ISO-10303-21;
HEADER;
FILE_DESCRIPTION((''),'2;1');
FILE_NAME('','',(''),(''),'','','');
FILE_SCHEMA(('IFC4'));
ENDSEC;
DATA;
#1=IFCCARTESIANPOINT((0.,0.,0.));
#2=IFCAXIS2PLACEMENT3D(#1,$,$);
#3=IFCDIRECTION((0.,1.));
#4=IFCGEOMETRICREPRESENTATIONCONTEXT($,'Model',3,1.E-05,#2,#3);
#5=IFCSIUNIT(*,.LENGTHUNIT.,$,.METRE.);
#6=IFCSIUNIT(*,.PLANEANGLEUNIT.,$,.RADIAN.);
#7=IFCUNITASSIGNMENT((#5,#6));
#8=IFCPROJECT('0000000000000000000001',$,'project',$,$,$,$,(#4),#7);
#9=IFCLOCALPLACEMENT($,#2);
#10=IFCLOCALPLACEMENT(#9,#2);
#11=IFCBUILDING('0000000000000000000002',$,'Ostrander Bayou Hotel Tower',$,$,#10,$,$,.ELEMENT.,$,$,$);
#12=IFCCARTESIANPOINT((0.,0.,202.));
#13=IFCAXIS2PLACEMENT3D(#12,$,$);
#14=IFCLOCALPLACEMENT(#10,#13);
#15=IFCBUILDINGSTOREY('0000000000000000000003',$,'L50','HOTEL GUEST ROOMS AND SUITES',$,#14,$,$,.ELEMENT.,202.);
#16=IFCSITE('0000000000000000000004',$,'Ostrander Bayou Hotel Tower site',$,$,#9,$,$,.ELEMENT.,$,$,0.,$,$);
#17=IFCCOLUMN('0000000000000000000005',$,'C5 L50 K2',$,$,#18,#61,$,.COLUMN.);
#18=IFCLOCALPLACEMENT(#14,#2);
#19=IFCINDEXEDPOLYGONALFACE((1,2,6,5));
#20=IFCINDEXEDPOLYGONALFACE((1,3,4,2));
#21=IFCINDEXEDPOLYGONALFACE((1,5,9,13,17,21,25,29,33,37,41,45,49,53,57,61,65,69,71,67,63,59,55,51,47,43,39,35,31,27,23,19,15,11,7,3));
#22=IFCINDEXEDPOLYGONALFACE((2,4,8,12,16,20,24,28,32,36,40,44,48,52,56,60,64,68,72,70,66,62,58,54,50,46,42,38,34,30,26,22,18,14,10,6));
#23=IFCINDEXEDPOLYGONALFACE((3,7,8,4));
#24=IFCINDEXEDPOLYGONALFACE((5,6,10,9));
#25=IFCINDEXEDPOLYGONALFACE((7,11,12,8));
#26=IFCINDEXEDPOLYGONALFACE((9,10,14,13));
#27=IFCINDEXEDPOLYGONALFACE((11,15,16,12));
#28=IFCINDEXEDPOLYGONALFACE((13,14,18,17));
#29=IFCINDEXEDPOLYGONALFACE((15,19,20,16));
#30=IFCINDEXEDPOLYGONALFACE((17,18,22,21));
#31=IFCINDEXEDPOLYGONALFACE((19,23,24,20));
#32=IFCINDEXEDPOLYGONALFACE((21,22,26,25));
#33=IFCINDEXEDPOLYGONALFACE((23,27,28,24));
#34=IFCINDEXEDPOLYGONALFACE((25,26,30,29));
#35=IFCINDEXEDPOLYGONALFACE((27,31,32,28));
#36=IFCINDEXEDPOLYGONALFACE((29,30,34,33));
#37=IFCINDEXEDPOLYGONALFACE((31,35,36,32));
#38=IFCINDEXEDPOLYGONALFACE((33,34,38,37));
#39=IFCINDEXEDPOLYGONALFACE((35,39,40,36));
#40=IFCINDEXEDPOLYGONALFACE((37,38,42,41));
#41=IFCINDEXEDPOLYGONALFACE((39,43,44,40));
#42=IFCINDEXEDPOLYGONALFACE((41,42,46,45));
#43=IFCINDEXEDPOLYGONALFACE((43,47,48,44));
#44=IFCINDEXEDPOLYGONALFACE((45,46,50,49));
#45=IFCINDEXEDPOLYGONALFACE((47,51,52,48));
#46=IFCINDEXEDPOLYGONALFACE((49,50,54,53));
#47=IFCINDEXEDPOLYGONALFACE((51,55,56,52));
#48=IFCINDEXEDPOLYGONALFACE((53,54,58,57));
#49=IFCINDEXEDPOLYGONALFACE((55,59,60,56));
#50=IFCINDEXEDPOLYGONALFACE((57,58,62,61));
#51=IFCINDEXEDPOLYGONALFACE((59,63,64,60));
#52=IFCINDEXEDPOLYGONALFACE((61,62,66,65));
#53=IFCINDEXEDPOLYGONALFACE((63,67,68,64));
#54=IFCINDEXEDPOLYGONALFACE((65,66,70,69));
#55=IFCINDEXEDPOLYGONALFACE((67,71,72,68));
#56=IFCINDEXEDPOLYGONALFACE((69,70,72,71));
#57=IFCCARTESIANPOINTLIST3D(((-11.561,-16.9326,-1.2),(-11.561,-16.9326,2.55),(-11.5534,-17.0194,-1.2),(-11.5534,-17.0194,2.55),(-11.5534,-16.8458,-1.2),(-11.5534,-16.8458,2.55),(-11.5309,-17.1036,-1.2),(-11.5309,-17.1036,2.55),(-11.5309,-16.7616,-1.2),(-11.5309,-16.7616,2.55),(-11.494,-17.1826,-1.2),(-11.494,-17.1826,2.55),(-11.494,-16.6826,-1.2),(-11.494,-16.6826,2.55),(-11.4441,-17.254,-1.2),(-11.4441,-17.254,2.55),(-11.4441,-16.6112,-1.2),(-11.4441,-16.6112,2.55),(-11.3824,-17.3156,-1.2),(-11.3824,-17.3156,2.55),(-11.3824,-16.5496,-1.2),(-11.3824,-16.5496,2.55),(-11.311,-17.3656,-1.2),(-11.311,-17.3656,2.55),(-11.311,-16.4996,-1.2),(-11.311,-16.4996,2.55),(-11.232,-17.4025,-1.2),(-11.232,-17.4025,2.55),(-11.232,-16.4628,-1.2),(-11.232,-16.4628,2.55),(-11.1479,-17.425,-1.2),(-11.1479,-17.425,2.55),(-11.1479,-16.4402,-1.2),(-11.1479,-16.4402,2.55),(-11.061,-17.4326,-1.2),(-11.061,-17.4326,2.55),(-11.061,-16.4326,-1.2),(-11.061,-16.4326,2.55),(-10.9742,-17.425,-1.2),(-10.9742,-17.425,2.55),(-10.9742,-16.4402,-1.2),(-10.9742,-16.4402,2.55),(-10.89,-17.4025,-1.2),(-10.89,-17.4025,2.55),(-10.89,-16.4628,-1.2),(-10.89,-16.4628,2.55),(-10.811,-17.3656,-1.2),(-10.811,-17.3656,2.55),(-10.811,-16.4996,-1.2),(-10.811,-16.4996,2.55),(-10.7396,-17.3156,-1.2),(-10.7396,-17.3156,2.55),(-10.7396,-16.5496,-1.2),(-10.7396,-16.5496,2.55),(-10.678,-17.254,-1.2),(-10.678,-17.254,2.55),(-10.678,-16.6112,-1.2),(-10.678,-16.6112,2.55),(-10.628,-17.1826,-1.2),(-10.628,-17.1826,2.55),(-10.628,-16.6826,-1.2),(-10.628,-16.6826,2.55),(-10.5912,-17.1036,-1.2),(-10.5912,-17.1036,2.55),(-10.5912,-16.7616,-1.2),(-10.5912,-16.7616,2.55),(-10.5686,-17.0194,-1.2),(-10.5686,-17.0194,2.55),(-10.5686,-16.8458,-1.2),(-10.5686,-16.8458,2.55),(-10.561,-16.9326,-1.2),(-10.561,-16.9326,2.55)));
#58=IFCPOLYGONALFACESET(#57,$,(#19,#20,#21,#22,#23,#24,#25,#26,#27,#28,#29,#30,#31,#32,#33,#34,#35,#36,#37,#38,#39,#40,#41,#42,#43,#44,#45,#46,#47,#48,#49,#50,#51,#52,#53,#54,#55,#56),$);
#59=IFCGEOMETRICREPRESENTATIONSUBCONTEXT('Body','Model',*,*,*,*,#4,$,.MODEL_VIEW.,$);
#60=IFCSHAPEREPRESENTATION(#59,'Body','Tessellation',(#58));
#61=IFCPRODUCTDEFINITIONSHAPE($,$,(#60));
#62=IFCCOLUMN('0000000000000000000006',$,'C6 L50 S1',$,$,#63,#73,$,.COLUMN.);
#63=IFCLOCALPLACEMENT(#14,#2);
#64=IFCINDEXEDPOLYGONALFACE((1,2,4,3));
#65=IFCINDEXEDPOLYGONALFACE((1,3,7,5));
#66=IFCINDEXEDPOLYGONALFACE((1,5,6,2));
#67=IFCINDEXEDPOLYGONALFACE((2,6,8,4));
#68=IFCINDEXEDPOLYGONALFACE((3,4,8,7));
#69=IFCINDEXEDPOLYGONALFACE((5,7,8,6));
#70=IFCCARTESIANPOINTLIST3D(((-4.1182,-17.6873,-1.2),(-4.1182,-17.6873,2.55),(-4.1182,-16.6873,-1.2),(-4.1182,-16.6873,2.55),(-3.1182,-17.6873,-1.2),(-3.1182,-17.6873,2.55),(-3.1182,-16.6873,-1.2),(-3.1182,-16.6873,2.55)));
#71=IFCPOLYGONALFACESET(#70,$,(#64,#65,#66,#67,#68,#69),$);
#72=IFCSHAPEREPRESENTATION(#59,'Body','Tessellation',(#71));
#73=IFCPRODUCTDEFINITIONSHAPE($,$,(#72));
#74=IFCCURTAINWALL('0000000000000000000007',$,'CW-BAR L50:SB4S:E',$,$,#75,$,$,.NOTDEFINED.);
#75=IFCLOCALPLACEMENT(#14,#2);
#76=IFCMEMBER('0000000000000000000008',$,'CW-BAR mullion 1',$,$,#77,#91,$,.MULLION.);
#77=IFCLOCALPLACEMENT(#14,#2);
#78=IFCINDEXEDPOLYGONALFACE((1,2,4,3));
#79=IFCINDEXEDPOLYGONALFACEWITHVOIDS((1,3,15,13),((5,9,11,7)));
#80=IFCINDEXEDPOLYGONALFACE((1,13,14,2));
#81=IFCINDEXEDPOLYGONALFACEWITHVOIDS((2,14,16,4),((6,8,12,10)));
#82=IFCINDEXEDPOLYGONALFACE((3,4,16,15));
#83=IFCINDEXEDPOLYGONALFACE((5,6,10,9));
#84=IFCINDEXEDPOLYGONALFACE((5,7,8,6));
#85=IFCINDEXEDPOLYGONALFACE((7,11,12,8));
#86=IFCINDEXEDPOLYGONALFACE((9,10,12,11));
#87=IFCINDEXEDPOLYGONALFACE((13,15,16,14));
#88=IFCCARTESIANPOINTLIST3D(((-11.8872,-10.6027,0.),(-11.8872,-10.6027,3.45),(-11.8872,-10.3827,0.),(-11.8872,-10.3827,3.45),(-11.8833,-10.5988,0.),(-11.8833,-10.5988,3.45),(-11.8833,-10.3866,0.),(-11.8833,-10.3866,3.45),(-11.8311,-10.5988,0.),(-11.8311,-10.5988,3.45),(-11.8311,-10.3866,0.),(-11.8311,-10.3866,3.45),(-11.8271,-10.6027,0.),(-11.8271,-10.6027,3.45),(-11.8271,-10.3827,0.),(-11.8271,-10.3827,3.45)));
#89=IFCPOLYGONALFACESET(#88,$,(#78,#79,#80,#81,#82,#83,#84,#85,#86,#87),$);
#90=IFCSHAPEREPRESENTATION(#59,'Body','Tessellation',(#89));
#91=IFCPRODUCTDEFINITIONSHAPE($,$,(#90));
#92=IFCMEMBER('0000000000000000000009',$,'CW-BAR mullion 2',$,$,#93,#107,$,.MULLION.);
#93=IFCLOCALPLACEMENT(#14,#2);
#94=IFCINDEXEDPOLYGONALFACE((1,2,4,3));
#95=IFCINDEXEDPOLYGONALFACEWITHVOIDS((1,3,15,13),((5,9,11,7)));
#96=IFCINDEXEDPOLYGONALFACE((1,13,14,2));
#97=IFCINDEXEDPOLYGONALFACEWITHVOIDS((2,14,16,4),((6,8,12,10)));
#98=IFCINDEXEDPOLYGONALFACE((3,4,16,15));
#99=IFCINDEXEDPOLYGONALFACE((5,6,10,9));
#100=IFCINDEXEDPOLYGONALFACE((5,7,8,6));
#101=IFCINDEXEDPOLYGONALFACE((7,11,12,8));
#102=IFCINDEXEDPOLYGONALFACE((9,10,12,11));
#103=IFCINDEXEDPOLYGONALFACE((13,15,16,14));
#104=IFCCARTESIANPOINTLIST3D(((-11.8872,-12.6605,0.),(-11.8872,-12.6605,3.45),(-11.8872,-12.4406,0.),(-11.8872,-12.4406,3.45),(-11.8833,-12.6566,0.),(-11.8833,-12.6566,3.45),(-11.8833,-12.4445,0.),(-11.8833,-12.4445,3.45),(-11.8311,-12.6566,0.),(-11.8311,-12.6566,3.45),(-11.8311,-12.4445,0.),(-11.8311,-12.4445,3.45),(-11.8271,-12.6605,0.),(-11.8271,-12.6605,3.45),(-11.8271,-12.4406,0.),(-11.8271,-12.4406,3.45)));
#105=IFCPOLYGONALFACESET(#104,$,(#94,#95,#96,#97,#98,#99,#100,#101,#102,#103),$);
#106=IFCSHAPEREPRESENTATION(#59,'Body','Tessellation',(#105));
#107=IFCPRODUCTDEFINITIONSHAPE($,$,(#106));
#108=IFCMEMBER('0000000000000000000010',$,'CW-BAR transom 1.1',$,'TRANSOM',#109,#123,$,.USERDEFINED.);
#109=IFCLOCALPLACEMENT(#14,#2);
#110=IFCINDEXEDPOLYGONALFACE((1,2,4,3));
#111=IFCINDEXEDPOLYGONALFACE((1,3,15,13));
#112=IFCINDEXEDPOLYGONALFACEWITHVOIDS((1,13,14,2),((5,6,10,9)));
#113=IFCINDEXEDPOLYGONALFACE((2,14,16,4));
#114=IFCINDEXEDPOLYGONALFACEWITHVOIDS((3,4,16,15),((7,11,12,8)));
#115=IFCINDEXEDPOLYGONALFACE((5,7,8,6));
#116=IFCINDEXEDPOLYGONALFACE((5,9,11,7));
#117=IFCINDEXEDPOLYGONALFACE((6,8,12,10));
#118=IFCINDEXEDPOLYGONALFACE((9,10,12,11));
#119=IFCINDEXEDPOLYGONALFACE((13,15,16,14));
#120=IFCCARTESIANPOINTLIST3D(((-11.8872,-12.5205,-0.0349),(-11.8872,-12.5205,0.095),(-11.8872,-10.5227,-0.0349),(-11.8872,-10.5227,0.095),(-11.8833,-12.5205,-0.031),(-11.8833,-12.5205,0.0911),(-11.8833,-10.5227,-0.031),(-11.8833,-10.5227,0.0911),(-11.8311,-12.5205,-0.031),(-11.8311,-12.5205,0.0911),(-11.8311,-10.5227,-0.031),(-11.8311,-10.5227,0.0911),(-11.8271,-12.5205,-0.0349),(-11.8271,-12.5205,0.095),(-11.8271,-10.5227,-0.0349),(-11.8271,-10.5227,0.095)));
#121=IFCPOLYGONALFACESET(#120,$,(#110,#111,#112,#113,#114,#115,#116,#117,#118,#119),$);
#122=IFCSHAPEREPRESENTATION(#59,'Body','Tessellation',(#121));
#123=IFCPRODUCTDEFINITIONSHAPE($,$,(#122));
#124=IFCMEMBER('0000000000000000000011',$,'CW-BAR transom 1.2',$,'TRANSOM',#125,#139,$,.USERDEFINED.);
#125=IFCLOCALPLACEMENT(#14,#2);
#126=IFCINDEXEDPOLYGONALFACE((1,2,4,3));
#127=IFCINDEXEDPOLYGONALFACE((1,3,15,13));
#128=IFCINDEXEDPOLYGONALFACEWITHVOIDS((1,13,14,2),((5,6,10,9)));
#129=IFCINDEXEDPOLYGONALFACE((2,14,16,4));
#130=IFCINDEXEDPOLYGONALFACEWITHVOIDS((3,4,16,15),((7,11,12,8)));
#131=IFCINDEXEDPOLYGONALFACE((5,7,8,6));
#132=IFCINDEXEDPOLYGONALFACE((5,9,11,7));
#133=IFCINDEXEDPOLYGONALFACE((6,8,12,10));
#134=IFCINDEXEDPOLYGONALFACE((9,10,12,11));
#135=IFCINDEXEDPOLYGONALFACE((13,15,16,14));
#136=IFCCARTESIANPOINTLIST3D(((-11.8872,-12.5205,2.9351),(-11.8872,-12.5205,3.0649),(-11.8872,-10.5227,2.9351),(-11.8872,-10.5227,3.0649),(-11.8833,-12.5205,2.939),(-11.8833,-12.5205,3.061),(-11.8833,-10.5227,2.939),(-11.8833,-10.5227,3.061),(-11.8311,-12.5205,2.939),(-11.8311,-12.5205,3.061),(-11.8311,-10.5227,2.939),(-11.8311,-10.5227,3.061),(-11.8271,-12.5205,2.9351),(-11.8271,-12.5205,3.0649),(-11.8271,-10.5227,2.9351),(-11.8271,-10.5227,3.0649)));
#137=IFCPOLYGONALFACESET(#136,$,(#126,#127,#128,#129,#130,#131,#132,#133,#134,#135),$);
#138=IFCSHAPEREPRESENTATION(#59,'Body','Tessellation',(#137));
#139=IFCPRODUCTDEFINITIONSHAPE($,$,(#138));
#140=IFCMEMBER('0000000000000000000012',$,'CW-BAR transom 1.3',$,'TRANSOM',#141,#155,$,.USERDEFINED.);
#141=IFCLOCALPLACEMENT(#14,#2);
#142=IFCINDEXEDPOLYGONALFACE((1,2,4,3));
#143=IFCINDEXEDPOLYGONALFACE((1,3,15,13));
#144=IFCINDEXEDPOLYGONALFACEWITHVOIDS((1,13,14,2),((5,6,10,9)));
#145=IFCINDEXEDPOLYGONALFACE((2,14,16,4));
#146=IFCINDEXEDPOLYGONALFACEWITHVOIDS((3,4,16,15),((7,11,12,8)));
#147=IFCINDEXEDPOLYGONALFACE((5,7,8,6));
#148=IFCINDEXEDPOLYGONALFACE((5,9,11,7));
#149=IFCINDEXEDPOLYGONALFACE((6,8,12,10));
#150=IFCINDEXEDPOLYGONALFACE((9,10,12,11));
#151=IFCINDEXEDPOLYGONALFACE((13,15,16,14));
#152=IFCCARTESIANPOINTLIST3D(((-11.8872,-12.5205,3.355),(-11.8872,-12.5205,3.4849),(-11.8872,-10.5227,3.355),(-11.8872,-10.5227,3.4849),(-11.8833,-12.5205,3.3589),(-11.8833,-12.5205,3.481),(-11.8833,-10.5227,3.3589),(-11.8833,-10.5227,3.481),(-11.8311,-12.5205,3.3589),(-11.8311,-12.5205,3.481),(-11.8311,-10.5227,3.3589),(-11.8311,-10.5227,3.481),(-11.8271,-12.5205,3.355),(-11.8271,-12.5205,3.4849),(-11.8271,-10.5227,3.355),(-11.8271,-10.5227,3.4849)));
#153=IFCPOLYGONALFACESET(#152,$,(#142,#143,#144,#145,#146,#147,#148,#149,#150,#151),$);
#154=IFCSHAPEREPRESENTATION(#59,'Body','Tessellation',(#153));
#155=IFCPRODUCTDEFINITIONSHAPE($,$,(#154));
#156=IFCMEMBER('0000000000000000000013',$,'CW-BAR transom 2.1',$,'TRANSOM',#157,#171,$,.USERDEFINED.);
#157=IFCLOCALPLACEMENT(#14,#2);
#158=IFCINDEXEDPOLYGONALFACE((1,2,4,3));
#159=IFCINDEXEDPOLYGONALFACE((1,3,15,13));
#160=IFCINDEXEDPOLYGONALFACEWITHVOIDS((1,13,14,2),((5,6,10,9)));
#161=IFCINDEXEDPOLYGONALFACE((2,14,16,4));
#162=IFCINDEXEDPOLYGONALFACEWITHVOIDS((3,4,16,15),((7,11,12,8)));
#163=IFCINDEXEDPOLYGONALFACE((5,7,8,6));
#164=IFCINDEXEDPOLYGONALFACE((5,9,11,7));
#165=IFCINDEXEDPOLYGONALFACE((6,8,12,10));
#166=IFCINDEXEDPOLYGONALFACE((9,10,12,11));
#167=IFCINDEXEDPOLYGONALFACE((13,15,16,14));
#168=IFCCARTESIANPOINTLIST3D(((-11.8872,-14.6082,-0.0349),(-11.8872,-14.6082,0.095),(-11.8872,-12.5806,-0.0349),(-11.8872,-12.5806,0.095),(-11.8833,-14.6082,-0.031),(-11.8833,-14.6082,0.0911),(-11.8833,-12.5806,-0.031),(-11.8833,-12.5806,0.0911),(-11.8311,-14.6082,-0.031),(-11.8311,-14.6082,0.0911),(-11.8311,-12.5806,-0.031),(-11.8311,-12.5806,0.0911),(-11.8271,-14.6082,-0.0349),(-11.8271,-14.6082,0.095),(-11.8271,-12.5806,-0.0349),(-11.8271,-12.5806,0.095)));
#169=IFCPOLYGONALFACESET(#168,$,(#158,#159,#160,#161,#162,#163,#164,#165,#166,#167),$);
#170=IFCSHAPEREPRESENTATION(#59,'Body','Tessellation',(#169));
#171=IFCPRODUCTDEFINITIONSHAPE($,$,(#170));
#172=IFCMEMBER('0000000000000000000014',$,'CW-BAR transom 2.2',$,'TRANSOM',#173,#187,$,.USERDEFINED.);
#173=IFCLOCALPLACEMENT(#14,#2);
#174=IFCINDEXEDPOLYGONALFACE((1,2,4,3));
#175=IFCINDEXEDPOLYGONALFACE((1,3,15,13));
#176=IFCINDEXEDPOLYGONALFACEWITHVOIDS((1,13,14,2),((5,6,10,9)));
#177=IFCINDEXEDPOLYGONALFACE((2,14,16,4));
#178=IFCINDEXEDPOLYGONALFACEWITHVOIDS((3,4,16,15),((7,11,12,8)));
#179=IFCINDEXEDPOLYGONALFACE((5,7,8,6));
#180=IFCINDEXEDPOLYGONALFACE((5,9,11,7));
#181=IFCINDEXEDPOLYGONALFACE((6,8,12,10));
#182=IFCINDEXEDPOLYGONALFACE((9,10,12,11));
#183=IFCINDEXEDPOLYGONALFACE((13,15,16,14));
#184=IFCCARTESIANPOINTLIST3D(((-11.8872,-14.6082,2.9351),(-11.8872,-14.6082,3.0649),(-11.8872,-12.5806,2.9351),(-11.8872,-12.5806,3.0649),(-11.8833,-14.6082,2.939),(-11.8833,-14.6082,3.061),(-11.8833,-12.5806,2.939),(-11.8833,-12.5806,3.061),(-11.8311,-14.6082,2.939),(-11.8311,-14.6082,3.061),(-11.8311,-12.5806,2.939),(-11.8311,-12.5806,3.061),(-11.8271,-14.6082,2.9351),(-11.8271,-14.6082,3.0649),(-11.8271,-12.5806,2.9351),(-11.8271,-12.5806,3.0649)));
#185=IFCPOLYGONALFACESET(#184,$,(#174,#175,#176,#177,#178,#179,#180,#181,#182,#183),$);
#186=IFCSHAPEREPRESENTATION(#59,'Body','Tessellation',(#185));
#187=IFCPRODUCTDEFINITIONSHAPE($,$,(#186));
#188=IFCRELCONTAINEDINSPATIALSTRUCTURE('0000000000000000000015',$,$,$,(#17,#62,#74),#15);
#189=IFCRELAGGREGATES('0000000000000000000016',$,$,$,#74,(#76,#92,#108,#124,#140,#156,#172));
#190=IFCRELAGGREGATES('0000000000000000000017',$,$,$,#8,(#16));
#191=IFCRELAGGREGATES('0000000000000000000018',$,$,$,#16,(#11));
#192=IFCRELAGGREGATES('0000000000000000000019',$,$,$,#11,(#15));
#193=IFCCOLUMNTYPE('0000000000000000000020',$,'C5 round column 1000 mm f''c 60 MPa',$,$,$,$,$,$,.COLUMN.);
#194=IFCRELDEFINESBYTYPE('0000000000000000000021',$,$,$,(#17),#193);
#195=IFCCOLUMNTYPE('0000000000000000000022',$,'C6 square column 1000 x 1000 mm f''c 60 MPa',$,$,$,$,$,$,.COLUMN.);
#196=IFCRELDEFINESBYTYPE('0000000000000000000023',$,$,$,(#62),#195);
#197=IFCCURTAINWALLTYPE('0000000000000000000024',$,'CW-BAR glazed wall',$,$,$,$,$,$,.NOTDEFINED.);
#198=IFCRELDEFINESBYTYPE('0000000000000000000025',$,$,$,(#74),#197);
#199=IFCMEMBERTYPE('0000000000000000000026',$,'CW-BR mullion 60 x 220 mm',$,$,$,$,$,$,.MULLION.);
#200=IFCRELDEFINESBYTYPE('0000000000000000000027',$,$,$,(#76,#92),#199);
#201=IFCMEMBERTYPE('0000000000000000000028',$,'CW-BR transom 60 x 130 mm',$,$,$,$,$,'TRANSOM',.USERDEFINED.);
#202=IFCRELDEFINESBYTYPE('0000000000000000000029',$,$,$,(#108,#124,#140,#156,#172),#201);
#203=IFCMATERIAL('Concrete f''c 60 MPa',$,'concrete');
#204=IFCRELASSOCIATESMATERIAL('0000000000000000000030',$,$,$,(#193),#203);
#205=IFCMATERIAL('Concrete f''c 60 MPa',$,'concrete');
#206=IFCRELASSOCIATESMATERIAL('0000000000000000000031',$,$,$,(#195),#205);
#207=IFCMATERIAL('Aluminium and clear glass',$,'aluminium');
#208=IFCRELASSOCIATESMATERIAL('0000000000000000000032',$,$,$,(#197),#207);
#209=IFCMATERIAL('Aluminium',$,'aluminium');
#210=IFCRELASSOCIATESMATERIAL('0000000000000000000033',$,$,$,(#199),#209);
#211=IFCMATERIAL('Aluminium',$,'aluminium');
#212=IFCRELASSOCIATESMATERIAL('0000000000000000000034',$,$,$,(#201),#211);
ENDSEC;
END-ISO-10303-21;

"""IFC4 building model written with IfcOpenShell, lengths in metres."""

from ifc_helpers import new_model, si_unit, direction, frame, origin, origin_2d, place, context, subcontext, project, spatial, rectangle, hollow_rectangle, circle, extrude, material, material_profile, profile_set, type_object, element, aggregate, save


model = new_model("IFC4")

# Units and contexts
model_context = context("Model", 3, precision=1e-05, world=origin(), true_north=direction((0.0, 1.0)))
body_context = subcontext(model_context, "Body", "Model", "MODEL_VIEW")
ifc_project = project(units=[si_unit("LENGTHUNIT", "METRE"), si_unit("PLANEANGLEUNIT", "RADIAN")], contexts=[model_context])

# Site, building, storey
site_placement = place(None, origin())
site = spatial("IfcSite", under=ifc_project, at=site_placement, Name="Ostrander Bayou Hotel Tower site", CompositionType="ELEMENT", RefElevation=0.0)
building_placement = place(site_placement, origin())
building = spatial("IfcBuilding", under=site, at=building_placement, Name="Ostrander Bayou Hotel Tower", CompositionType="ELEMENT")
storey_placement = place(building_placement, frame((0.0, 0.0, 202.0)))
storey = spatial("IfcBuildingStorey", under=building, at=storey_placement, Name="L50", Description="HOTEL GUEST ROOMS AND SUITES", CompositionType="ELEMENT", Elevation=202.0)

# Columns
ifc_material_1 = material(Name="Concrete f'c 60 MPa", Category="concrete")
ifc_material_profile_1 = material_profile(ifc_material_1, circle(Radius=0.5, at=origin_2d()))
ifc_profile_set_1 = profile_set([ifc_material_profile_1], Name="Concrete f'c 60 MPa")
column_type_1 = type_object("IfcColumnType", Name="C5 round column 1000 mm f'c 60 MPa", PredefinedType="COLUMN", material=ifc_profile_set_1)
column_1_placement = place(storey_placement, frame((-11.061, -16.9326, -1.2), z_axis=(0.0, 0.0, 1.0), x_axis=(1.0, 0.0, 0.0)))
element("IfcColumn", 1, at=column_1_placement, inside=storey, type_object=column_type_1, Name="C5 L50 K2", PredefinedType="COLUMN", context=body_context, shape_type="SweptSolid", body=[
    extrude(circle(Radius=0.5, at=origin_2d()), origin(), (0.0, 0.0, 1.0), 3.75),
])
ifc_material_2 = material(Name="Concrete f'c 60 MPa", Category="concrete")
ifc_material_profile_2 = material_profile(ifc_material_2, rectangle(XDim=1.0, YDim=1.0, at=origin_2d()))
ifc_profile_set_2 = profile_set([ifc_material_profile_2], Name="Concrete f'c 60 MPa")
column_type_2 = type_object("IfcColumnType", Name="C6 square column 1000 x 1000 mm f'c 60 MPa", PredefinedType="COLUMN", material=ifc_profile_set_2)
column_2_placement = place(storey_placement, frame((-3.6182, -17.1873, -1.2), z_axis=(0.0, 0.0, 1.0), x_axis=(-1.0, 0.0, 0.0)))
element("IfcColumn", 2, at=column_2_placement, inside=storey, type_object=column_type_2, Name="C6 L50 S1", PredefinedType="COLUMN", context=body_context, shape_type="SweptSolid", body=[
    extrude(rectangle(XDim=1.0, YDim=1.0, at=origin_2d()), origin(), (0.0, 0.0, 1.0), 3.75),
])

# Curtain wall, members
ifc_material_3 = material(Name="Aluminium and clear glass", Category="aluminium")
curtain_wall_type = type_object("IfcCurtainWallType", Name="CW-BAR glazed wall", PredefinedType="NOTDEFINED", material=ifc_material_3)
curtain_wall_placement = place(storey_placement, origin())
curtain_wall = element("IfcCurtainWall", 3, at=curtain_wall_placement, inside=storey, type_object=curtain_wall_type, Name="CW-BAR L50:SB4S:E", PredefinedType="NOTDEFINED")
ifc_material_4 = material(Name="Aluminium", Category="aluminium")
ifc_material_profile_3 = material_profile(ifc_material_4, hollow_rectangle(XDim=0.0601, YDim=0.22, WallThickness=0.0039, at=origin_2d()))
ifc_profile_set_3 = profile_set([ifc_material_profile_3], Name="Aluminium")
member_type_1 = type_object("IfcMemberType", Name="CW-BR mullion 60 x 220 mm", PredefinedType="MULLION", material=ifc_profile_set_3)
member_1_placement = place(storey_placement, frame((-11.8572, -10.4927, 0.0), z_axis=(0.0, 0.0, 1.0), x_axis=(1.0, 0.0, 0.0)))
member_1 = element("IfcMember", 4, at=member_1_placement, type_object=member_type_1, Name="CW-BAR mullion 1", PredefinedType="MULLION", context=body_context, shape_type="SweptSolid", body=[
    extrude(hollow_rectangle(XDim=0.0601, YDim=0.22, WallThickness=0.0039, at=origin_2d()), origin(), (0.0, 0.0, 1.0), 3.45),
])
member_2_placement = place(storey_placement, frame((-11.8572, -12.5505, 0.0), z_axis=(0.0, 0.0, 1.0), x_axis=(1.0, 0.0, 0.0)))
member_2 = element("IfcMember", 5, at=member_2_placement, type_object=member_type_1, Name="CW-BAR mullion 2", PredefinedType="MULLION", context=body_context, shape_type="SweptSolid", body=[
    extrude(hollow_rectangle(XDim=0.0601, YDim=0.22, WallThickness=0.0039, at=origin_2d()), origin(), (0.0, 0.0, 1.0), 3.45),
])
ifc_material_5 = material(Name="Aluminium", Category="aluminium")
ifc_material_profile_4 = material_profile(ifc_material_5, hollow_rectangle(XDim=0.0601, YDim=0.1299, WallThickness=0.0039, at=origin_2d()))
ifc_profile_set_4 = profile_set([ifc_material_profile_4], Name="Aluminium")
member_type_2 = type_object("IfcMemberType", Name="CW-BR transom 60 x 130 mm", ElementType="TRANSOM", PredefinedType="USERDEFINED", material=ifc_profile_set_4)
member_3_placement = place(storey_placement, frame((-11.8572, -10.5227, 0.03), z_axis=(0.0, -1.0, 0.0), x_axis=(1.0, 0.0, 0.0)))
member_3 = element("IfcMember", 6, at=member_3_placement, type_object=member_type_2, Name="CW-BAR transom 1.1", ObjectType="TRANSOM", PredefinedType="USERDEFINED", context=body_context, shape_type="SweptSolid", body=[
    extrude(hollow_rectangle(XDim=0.0601, YDim=0.1299, WallThickness=0.0039, at=origin_2d()), origin(), (0.0, 0.0, 1.0), 1.9978),
])
member_4_placement = place(storey_placement, frame((-11.8572, -10.5227, 3.0), z_axis=(0.0, -1.0, 0.0), x_axis=(1.0, 0.0, 0.0)))
member_4 = element("IfcMember", 7, at=member_4_placement, type_object=member_type_2, Name="CW-BAR transom 1.2", ObjectType="TRANSOM", PredefinedType="USERDEFINED", context=body_context, shape_type="SweptSolid", body=[
    extrude(hollow_rectangle(XDim=0.0601, YDim=0.1299, WallThickness=0.0039, at=origin_2d()), origin(), (0.0, 0.0, 1.0), 1.9978),
])
member_5_placement = place(storey_placement, frame((-11.8572, -10.5227, 3.4199), z_axis=(0.0, -1.0, 0.0), x_axis=(1.0, 0.0, 0.0)))
member_5 = element("IfcMember", 8, at=member_5_placement, type_object=member_type_2, Name="CW-BAR transom 1.3", ObjectType="TRANSOM", PredefinedType="USERDEFINED", context=body_context, shape_type="SweptSolid", body=[
    extrude(hollow_rectangle(XDim=0.0601, YDim=0.1299, WallThickness=0.0039, at=origin_2d()), origin(), (0.0, 0.0, 1.0), 1.9978),
])
member_6_placement = place(storey_placement, frame((-11.8572, -12.5806, 0.03), z_axis=(0.0, -1.0, 0.0), x_axis=(1.0, 0.0, 0.0)))
member_6 = element("IfcMember", 9, at=member_6_placement, type_object=member_type_2, Name="CW-BAR transom 2.1", ObjectType="TRANSOM", PredefinedType="USERDEFINED", context=body_context, shape_type="SweptSolid", body=[
    extrude(hollow_rectangle(XDim=0.0601, YDim=0.1299, WallThickness=0.0039, at=origin_2d()), origin(), (0.0, 0.0, 1.0), 2.0276),
])
member_7_placement = place(storey_placement, frame((-11.8572, -12.5806, 3.0), z_axis=(0.0, -1.0, 0.0), x_axis=(1.0, 0.0, 0.0)))
member_7 = element("IfcMember", 10, at=member_7_placement, type_object=member_type_2, Name="CW-BAR transom 2.2", ObjectType="TRANSOM", PredefinedType="USERDEFINED", context=body_context, shape_type="SweptSolid", body=[
    extrude(hollow_rectangle(XDim=0.0601, YDim=0.1299, WallThickness=0.0039, at=origin_2d()), origin(), (0.0, 0.0, 1.0), 2.0276),
])
aggregate(curtain_wall, [member_1, member_2, member_3, member_4, member_5, member_6, member_7])

save(model, "model.ifc")
